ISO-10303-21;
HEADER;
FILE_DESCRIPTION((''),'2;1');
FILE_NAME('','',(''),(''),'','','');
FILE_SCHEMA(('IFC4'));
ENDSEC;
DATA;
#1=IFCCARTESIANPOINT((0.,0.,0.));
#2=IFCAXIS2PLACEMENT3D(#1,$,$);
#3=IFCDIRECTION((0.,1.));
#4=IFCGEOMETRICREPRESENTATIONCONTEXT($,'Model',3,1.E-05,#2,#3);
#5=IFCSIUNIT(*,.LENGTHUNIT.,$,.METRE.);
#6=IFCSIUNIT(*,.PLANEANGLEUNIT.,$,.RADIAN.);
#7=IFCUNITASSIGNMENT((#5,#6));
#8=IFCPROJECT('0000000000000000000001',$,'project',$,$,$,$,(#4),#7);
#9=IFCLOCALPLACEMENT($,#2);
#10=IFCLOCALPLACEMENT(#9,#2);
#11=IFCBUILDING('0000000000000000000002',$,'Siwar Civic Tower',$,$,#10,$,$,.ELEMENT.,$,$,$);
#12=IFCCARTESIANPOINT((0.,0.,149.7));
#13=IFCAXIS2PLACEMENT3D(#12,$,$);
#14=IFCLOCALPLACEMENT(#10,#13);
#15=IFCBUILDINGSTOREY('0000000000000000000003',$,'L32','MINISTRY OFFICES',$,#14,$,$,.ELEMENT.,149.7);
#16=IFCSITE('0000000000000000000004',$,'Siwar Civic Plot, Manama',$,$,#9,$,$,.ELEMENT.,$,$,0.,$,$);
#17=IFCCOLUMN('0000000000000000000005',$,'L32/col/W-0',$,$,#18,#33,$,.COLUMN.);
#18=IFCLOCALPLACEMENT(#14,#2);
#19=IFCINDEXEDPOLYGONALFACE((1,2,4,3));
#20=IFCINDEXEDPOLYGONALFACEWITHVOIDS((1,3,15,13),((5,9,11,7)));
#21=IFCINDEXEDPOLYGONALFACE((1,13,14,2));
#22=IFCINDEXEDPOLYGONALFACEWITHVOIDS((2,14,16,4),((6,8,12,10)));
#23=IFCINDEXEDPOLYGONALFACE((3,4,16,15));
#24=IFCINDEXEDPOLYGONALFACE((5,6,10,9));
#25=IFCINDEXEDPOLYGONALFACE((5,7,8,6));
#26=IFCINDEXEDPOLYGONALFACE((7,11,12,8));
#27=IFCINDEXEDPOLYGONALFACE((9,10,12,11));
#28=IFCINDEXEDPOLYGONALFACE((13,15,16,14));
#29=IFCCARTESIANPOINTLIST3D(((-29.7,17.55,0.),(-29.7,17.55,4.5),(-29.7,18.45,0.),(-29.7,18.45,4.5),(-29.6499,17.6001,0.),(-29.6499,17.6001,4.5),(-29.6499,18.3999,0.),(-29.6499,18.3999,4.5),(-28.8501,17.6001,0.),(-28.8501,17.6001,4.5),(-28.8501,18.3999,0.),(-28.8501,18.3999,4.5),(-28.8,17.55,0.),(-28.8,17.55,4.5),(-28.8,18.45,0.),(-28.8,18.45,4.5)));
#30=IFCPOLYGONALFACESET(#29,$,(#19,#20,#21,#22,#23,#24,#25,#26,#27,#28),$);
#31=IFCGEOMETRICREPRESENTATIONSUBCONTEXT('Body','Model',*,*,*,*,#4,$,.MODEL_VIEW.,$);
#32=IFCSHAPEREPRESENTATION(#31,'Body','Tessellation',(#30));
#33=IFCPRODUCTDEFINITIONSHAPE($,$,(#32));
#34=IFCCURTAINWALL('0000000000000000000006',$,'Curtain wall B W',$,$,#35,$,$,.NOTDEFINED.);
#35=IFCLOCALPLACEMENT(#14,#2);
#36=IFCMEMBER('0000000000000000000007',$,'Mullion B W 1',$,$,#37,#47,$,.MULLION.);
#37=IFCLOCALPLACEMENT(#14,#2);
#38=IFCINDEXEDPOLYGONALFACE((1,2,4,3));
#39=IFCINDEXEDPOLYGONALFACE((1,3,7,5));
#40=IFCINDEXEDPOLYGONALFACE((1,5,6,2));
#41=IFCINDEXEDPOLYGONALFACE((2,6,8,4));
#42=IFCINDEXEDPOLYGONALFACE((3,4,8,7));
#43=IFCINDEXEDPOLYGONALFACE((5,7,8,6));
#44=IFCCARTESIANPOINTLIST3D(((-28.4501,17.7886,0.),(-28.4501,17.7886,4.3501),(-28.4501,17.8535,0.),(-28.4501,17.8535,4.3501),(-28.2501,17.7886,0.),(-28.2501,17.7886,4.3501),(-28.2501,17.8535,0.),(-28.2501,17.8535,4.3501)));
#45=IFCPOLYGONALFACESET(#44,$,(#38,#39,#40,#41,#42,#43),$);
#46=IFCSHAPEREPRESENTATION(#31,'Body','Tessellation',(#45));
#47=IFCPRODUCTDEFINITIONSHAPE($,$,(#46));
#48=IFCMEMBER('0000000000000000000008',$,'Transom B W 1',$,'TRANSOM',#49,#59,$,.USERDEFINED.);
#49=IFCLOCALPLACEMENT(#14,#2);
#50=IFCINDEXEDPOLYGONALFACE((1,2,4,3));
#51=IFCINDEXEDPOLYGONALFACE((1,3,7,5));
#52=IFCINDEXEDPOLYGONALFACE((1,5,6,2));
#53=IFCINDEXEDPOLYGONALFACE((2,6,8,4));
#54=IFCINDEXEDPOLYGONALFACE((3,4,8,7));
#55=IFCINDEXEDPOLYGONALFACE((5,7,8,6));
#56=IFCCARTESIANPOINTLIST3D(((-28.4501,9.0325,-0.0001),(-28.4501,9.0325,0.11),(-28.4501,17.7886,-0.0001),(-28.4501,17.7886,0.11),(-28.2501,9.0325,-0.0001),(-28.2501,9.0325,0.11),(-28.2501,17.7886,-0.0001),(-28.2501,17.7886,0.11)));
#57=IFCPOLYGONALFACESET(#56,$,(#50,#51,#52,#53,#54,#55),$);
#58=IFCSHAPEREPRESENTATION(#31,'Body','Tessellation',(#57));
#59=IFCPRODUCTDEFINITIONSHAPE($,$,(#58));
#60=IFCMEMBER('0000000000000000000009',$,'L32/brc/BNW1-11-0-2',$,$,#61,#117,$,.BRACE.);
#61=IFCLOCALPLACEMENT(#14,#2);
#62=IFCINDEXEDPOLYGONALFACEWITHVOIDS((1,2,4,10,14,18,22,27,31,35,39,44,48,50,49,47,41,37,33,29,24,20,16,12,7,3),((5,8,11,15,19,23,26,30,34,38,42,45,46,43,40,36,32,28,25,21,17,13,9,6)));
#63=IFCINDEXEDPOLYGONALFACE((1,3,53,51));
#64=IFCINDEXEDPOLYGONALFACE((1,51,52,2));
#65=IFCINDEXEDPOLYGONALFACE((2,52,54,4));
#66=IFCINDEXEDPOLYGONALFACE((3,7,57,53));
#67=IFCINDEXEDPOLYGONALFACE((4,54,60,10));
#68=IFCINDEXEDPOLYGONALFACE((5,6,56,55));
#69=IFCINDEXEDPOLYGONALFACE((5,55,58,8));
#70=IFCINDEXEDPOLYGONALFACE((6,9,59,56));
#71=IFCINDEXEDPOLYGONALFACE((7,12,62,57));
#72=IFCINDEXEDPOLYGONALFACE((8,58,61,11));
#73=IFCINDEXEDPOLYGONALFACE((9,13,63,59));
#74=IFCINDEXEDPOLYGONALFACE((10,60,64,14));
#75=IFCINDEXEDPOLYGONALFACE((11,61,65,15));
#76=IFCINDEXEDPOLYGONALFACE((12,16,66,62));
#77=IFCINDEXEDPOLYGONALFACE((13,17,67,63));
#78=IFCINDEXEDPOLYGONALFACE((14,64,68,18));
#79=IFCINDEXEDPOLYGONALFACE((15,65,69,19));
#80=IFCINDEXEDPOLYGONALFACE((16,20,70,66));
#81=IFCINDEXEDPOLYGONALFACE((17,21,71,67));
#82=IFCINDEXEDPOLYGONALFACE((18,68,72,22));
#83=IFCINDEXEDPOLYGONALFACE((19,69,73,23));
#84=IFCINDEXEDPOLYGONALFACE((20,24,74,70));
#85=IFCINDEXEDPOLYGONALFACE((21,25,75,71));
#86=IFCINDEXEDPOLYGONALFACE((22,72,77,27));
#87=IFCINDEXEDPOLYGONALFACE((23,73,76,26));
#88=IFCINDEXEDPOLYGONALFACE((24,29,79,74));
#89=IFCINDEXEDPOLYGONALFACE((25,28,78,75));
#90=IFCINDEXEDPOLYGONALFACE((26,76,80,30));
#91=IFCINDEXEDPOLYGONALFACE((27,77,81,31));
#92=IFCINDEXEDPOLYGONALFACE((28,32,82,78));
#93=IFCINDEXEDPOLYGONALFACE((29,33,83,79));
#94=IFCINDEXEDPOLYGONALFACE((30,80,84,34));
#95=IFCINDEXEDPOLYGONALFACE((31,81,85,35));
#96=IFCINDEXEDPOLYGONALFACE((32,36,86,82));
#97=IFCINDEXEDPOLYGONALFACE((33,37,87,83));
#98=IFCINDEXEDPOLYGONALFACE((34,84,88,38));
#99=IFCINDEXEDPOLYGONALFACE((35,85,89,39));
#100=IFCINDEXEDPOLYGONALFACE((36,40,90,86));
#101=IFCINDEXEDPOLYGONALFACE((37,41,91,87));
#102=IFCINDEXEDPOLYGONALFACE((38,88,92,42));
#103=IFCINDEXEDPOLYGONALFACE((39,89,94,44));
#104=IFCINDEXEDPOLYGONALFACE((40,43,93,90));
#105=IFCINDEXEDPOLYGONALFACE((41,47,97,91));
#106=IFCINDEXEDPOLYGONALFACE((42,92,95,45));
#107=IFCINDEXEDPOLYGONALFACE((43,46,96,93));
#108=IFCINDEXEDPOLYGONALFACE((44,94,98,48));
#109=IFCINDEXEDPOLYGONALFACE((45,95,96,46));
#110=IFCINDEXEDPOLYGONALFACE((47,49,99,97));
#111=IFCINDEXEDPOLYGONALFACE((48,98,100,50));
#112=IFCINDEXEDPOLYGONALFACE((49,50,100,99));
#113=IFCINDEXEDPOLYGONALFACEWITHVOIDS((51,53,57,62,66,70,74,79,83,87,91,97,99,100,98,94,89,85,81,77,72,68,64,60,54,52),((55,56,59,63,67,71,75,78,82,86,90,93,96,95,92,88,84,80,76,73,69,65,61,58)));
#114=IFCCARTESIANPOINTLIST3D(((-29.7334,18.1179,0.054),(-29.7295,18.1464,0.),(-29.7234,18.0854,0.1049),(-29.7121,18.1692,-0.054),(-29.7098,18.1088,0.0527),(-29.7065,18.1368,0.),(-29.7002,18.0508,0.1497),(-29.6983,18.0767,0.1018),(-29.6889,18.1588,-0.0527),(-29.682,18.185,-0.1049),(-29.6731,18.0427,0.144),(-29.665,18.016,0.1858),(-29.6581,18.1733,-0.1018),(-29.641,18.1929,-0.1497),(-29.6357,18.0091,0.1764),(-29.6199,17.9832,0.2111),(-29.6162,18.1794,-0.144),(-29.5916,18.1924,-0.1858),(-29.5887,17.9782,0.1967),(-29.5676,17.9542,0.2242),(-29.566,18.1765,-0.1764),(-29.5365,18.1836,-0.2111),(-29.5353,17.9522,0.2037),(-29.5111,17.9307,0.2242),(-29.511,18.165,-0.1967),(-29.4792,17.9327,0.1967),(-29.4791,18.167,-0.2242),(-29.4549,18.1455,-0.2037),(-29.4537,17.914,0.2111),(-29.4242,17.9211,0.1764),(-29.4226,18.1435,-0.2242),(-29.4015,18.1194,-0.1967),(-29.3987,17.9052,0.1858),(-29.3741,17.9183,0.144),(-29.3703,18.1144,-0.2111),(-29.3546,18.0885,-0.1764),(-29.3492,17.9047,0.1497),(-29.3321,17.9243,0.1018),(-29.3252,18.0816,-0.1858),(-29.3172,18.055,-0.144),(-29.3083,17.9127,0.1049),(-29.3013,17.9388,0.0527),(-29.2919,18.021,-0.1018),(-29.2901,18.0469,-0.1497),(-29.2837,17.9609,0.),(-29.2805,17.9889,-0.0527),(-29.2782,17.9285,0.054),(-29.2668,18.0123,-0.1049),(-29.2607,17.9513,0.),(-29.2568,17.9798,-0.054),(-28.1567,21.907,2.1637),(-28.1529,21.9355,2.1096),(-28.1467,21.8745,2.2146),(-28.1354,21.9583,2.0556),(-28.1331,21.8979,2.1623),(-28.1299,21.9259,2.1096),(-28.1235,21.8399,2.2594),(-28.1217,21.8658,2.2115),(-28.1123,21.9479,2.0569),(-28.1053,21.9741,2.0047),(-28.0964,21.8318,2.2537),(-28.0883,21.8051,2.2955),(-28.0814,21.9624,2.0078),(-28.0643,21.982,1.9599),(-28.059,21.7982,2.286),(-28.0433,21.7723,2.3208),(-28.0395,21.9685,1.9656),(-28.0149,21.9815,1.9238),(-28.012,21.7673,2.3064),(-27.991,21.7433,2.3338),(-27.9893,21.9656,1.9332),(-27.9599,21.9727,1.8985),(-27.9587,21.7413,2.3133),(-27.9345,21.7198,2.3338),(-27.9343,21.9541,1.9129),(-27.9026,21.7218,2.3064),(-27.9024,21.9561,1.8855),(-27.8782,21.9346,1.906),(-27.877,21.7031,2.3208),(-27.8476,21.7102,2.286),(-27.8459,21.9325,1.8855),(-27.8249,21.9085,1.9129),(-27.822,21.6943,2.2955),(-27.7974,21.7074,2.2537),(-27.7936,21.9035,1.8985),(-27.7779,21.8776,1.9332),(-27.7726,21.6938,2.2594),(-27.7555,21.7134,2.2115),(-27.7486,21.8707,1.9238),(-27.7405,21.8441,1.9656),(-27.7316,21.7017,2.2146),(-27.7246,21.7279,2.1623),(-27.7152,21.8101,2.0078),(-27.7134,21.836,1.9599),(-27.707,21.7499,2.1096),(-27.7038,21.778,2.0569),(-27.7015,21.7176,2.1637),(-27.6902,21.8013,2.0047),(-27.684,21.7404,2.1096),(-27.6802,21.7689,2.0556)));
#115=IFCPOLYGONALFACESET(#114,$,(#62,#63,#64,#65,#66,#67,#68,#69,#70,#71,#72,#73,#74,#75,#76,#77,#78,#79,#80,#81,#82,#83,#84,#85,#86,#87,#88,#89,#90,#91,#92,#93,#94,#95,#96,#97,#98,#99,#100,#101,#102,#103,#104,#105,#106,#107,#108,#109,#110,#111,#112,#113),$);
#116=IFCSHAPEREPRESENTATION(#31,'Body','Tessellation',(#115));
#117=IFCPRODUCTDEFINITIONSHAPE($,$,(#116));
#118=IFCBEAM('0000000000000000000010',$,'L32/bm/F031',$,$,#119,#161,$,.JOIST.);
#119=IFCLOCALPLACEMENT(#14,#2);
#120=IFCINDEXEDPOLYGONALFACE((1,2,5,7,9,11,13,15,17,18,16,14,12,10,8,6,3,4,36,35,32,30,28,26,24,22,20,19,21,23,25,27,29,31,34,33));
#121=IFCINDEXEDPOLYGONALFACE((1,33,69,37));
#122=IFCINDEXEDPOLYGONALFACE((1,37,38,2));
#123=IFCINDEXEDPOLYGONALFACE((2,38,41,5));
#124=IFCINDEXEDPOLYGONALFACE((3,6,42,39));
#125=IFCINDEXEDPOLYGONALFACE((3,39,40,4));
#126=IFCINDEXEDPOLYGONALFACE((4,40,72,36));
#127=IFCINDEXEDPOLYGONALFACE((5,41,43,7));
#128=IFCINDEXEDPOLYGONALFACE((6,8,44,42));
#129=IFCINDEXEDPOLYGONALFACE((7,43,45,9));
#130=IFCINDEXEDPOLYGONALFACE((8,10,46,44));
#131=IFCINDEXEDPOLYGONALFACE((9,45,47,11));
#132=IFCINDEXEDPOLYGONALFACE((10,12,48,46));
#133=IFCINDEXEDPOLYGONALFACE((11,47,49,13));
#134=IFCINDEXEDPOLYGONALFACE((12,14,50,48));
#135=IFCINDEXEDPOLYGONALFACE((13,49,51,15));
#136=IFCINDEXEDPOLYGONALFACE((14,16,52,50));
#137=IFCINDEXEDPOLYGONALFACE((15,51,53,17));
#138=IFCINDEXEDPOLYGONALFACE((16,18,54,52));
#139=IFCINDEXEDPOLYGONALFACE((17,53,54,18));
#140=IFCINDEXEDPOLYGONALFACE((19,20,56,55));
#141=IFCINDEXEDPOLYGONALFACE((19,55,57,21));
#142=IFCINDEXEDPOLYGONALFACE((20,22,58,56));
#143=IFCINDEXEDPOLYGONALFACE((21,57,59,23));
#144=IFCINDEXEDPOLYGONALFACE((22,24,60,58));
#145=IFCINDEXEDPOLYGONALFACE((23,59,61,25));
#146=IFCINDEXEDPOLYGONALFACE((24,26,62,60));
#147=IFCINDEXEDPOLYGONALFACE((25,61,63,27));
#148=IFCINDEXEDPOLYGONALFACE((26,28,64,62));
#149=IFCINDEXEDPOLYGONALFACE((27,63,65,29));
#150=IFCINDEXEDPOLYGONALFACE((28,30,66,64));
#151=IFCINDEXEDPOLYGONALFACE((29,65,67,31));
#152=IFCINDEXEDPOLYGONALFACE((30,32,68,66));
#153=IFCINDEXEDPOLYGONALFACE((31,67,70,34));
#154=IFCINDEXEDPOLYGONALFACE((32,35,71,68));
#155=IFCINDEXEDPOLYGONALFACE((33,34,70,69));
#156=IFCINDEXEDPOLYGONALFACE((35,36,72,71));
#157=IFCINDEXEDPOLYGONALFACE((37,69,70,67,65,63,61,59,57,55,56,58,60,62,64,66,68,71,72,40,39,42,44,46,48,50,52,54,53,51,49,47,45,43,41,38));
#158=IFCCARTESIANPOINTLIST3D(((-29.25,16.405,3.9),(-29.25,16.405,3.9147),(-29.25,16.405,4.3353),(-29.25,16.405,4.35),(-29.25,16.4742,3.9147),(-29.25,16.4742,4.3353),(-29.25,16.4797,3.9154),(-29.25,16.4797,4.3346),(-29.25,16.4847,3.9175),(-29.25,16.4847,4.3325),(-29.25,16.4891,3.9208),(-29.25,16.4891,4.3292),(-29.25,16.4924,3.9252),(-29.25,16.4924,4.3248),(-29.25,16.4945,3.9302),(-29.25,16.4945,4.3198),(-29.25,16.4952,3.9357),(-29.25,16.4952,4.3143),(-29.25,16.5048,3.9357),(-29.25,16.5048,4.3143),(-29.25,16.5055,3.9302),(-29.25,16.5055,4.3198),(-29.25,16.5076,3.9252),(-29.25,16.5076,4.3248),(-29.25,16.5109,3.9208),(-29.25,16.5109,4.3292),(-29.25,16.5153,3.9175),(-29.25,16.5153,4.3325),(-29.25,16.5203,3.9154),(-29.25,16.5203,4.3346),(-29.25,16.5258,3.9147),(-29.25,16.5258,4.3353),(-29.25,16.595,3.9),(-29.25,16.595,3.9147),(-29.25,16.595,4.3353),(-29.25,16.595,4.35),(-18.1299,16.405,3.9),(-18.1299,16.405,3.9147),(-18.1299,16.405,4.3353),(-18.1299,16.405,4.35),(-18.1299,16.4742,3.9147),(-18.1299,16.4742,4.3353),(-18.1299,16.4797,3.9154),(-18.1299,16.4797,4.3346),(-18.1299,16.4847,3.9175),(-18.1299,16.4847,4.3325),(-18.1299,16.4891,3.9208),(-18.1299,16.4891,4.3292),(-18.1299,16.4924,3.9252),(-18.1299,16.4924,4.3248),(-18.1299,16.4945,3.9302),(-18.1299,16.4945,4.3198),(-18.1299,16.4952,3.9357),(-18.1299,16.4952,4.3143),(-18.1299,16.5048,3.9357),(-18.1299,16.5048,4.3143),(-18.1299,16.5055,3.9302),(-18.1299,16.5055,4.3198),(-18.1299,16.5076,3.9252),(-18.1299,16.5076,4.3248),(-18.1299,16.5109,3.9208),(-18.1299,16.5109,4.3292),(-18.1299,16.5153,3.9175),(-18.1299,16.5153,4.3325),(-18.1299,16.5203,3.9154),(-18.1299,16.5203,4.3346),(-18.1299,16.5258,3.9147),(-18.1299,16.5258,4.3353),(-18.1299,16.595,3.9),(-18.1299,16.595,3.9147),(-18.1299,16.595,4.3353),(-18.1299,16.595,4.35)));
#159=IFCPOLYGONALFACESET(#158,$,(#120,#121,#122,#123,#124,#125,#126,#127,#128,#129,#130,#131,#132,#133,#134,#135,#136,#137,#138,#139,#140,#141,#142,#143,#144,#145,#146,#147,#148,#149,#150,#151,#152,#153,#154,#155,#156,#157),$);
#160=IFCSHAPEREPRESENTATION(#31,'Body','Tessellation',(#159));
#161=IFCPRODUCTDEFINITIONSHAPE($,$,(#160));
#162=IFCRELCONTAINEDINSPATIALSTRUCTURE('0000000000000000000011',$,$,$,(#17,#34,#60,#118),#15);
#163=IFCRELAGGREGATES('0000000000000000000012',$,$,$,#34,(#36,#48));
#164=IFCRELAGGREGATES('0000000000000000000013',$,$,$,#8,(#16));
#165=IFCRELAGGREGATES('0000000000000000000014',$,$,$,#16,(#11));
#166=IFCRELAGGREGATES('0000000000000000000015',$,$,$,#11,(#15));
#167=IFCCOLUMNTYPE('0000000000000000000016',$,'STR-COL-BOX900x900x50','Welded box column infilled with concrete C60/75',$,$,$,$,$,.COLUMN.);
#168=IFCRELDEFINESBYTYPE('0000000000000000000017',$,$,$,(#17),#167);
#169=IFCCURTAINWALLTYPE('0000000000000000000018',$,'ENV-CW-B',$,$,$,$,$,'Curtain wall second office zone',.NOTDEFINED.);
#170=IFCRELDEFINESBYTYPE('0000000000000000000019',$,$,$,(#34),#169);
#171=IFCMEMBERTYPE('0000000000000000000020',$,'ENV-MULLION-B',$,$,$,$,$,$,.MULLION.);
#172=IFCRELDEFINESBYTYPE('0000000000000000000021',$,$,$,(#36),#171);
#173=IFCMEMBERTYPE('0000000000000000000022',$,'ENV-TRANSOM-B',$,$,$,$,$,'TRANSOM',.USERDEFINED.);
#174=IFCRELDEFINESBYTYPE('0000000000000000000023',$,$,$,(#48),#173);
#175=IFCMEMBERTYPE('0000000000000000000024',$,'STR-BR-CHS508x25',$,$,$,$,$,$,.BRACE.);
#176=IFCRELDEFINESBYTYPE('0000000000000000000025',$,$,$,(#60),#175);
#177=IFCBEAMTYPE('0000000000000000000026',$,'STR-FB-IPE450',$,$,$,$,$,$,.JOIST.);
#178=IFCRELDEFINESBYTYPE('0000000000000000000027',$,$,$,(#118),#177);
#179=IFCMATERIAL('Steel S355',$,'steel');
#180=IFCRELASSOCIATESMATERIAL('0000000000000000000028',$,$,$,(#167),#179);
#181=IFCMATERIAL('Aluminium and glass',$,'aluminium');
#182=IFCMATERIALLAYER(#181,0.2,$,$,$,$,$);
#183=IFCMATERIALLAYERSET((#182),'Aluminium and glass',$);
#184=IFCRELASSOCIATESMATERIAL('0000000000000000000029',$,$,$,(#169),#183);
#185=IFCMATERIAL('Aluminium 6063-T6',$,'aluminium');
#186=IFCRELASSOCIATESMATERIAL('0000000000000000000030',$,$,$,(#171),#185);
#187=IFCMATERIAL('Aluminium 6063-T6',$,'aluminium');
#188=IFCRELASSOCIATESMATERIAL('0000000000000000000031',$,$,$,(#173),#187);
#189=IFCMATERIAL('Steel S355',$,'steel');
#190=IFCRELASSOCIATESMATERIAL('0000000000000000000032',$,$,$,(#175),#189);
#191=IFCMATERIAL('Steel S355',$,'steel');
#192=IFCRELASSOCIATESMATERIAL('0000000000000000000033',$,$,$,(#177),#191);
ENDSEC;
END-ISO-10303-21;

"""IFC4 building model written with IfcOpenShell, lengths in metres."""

from ifc_helpers import new_model, si_unit, direction, frame, origin, origin_2d, place, context, subcontext, project, spatial, rectangle, hollow_rectangle, hollow_circle, i_section, extrude, material, layer, layer_set, material_profile, profile_set, type_object, element, aggregate, save


model = new_model("IFC4")

# Units and contexts
model_context = context("Model", 3, precision=1e-05, world=origin(), true_north=direction((0.0, 1.0)))
body_context = subcontext(model_context, "Body", "Model", "MODEL_VIEW")
ifc_project = project(units=[si_unit("LENGTHUNIT", "METRE"), si_unit("PLANEANGLEUNIT", "RADIAN")], contexts=[model_context])

# Site, building, storey
site_placement = place(None, origin())
site = spatial("IfcSite", under=ifc_project, at=site_placement, Name="Siwar Civic Plot, Manama", CompositionType="ELEMENT", RefElevation=0.0)
building_placement = place(site_placement, origin())
building = spatial("IfcBuilding", under=site, at=building_placement, Name="Siwar Civic Tower", CompositionType="ELEMENT")
storey_placement = place(building_placement, frame((0.0, 0.0, 149.7)))
storey = spatial("IfcBuildingStorey", under=building, at=storey_placement, Name="L32", Description="MINISTRY OFFICES", CompositionType="ELEMENT", Elevation=149.7)

# Column
ifc_material_1 = material(Name="Steel S355", Category="steel")
ifc_material_profile_1 = material_profile(ifc_material_1, hollow_rectangle(XDim=0.8999, YDim=0.8999, WallThickness=0.05, at=origin_2d()), Name="BOX900x900x50")
ifc_profile_set_1 = profile_set([ifc_material_profile_1], Name="Steel S355")
column_type = type_object("IfcColumnType", Name="STR-COL-BOX900x900x50", Description="Welded box column infilled with concrete C60/75", PredefinedType="COLUMN", material=ifc_profile_set_1)
column_placement = place(storey_placement, frame((-29.25, 18.0, 0.0), z_axis=(0.0, 0.0, 1.0), x_axis=(1.0, 0.0, 0.0)))
element("IfcColumn", 1, at=column_placement, inside=storey, type_object=column_type, Name="L32/col/W-0", PredefinedType="COLUMN", context=body_context, shape_type="SweptSolid", body=[
    extrude(hollow_rectangle(XDim=0.8999, YDim=0.8999, WallThickness=0.05, at=origin_2d()), origin(), (0.0, 0.0, 1.0), 4.5),
])

# Curtain wall, members
ifc_material_2 = material(Name="Aluminium and glass", Category="aluminium")
ifc_layer_1 = layer(ifc_material_2, 0.2)
ifc_layer_set_1 = layer_set([ifc_layer_1], Name="Aluminium and glass")
curtain_wall_type = type_object("IfcCurtainWallType", Name="ENV-CW-B", ElementType="Curtain wall second office zone", PredefinedType="NOTDEFINED", material=ifc_layer_set_1)
curtain_wall_placement = place(storey_placement, origin())
curtain_wall = element("IfcCurtainWall", 2, at=curtain_wall_placement, inside=storey, type_object=curtain_wall_type, Name="Curtain wall B W", PredefinedType="NOTDEFINED")
ifc_material_3 = material(Name="Aluminium 6063-T6", Category="aluminium")
ifc_material_profile_2 = material_profile(ifc_material_3, rectangle(XDim=0.2, YDim=0.0649, at=origin_2d()), Name="AL 200x65")
ifc_profile_set_2 = profile_set([ifc_material_profile_2], Name="Aluminium 6063-T6")
member_type_1 = type_object("IfcMemberType", Name="ENV-MULLION-B", PredefinedType="MULLION", material=ifc_profile_set_2)
member_1_placement = place(storey_placement, frame((-28.3501, 17.821, 0.0), z_axis=(0.0, 0.0, 1.0), x_axis=(1.0, 0.0, 0.0)))
member_1 = element("IfcMember", 3, at=member_1_placement, type_object=member_type_1, Name="Mullion B W 1", PredefinedType="MULLION", context=body_context, shape_type="SweptSolid", body=[
    extrude(rectangle(XDim=0.2, YDim=0.0649, at=origin_2d()), origin(), (0.0, 0.0, 1.0), 4.3501),
])
ifc_material_4 = material(Name="Aluminium 6063-T6", Category="aluminium")
ifc_material_profile_3 = material_profile(ifc_material_4, rectangle(XDim=0.2, YDim=0.1101, at=origin_2d()), Name="AL 200x110")
ifc_profile_set_3 = profile_set([ifc_material_profile_3], Name="Aluminium 6063-T6")
member_type_2 = type_object("IfcMemberType", Name="ENV-TRANSOM-B", ElementType="TRANSOM", PredefinedType="USERDEFINED", material=ifc_profile_set_3)
member_2_placement = place(storey_placement, frame((-28.3501, 17.7886, 0.0549), z_axis=(0.0, -1.0, 0.0), x_axis=(1.0, 0.0, 0.0)))
member_2 = element("IfcMember", 4, at=member_2_placement, type_object=member_type_2, Name="Transom B W 1", ObjectType="TRANSOM", PredefinedType="USERDEFINED", context=body_context, shape_type="SweptSolid", body=[
    extrude(rectangle(XDim=0.2, YDim=0.1101, at=origin_2d()), origin(), (0.0, 0.0, 1.0), 8.7561),
])
aggregate(curtain_wall, [member_1, member_2])

# Member
ifc_material_5 = material(Name="Steel S355", Category="steel")
ifc_material_profile_4 = material_profile(ifc_material_5, hollow_circle(Radius=0.2539, WallThickness=0.0249, at=origin_2d()), Name="CHS508x25")
ifc_profile_set_4 = profile_set([ifc_material_profile_4], Name="Steel S355")
member_type_3 = type_object("IfcMemberType", Name="STR-BR-CHS508x25", PredefinedType="BRACE", material=ifc_profile_set_4)
member_3_placement = place(storey_placement, frame((-29.4951, 18.0488, 0.0), z_axis=(0.341677, 0.821126, 0.457175), x_axis=(-0.92326, 0.384176, 0.0)))
element("IfcMember", 5, at=member_3_placement, inside=storey, type_object=member_type_3, Name="L32/brc/BNW1-11-0-2", PredefinedType="BRACE", context=body_context, shape_type="SweptSolid", body=[
    extrude(hollow_circle(Radius=0.2539, WallThickness=0.0249, at=origin_2d()), origin(), (0.0, 0.0, 1.0), 4.6145),
])

# Beam
ifc_material_6 = material(Name="Steel S355", Category="steel")
ifc_material_profile_5 = material_profile(ifc_material_6, i_section(OverallWidth=0.1899, OverallDepth=0.45, WebThickness=0.0095, FlangeThickness=0.0146, FilletRadius=0.021, at=origin_2d()), Name="IPE450")
ifc_profile_set_5 = profile_set([ifc_material_profile_5], Name="Steel S355")
beam_type_1 = type_object("IfcBeamType", Name="STR-FB-IPE450", PredefinedType="JOIST", material=ifc_profile_set_5)
beam_1_placement = place(storey_placement, frame((-29.25, 16.5, 4.125), z_axis=(1.0, 0.0, 0.0), x_axis=(0.0, 1.0, 0.0)))
element("IfcBeam", 6, at=beam_1_placement, inside=storey, type_object=beam_type_1, Name="L32/bm/F031", PredefinedType="JOIST", context=body_context, shape_type="SweptSolid", body=[
    extrude(i_section(OverallWidth=0.1899, OverallDepth=0.45, WebThickness=0.0095, FlangeThickness=0.0146, FilletRadius=0.021, at=origin_2d()), origin(), (0.0, 0.0, 1.0), 11.1201),
])

save(model, "model.ifc")
